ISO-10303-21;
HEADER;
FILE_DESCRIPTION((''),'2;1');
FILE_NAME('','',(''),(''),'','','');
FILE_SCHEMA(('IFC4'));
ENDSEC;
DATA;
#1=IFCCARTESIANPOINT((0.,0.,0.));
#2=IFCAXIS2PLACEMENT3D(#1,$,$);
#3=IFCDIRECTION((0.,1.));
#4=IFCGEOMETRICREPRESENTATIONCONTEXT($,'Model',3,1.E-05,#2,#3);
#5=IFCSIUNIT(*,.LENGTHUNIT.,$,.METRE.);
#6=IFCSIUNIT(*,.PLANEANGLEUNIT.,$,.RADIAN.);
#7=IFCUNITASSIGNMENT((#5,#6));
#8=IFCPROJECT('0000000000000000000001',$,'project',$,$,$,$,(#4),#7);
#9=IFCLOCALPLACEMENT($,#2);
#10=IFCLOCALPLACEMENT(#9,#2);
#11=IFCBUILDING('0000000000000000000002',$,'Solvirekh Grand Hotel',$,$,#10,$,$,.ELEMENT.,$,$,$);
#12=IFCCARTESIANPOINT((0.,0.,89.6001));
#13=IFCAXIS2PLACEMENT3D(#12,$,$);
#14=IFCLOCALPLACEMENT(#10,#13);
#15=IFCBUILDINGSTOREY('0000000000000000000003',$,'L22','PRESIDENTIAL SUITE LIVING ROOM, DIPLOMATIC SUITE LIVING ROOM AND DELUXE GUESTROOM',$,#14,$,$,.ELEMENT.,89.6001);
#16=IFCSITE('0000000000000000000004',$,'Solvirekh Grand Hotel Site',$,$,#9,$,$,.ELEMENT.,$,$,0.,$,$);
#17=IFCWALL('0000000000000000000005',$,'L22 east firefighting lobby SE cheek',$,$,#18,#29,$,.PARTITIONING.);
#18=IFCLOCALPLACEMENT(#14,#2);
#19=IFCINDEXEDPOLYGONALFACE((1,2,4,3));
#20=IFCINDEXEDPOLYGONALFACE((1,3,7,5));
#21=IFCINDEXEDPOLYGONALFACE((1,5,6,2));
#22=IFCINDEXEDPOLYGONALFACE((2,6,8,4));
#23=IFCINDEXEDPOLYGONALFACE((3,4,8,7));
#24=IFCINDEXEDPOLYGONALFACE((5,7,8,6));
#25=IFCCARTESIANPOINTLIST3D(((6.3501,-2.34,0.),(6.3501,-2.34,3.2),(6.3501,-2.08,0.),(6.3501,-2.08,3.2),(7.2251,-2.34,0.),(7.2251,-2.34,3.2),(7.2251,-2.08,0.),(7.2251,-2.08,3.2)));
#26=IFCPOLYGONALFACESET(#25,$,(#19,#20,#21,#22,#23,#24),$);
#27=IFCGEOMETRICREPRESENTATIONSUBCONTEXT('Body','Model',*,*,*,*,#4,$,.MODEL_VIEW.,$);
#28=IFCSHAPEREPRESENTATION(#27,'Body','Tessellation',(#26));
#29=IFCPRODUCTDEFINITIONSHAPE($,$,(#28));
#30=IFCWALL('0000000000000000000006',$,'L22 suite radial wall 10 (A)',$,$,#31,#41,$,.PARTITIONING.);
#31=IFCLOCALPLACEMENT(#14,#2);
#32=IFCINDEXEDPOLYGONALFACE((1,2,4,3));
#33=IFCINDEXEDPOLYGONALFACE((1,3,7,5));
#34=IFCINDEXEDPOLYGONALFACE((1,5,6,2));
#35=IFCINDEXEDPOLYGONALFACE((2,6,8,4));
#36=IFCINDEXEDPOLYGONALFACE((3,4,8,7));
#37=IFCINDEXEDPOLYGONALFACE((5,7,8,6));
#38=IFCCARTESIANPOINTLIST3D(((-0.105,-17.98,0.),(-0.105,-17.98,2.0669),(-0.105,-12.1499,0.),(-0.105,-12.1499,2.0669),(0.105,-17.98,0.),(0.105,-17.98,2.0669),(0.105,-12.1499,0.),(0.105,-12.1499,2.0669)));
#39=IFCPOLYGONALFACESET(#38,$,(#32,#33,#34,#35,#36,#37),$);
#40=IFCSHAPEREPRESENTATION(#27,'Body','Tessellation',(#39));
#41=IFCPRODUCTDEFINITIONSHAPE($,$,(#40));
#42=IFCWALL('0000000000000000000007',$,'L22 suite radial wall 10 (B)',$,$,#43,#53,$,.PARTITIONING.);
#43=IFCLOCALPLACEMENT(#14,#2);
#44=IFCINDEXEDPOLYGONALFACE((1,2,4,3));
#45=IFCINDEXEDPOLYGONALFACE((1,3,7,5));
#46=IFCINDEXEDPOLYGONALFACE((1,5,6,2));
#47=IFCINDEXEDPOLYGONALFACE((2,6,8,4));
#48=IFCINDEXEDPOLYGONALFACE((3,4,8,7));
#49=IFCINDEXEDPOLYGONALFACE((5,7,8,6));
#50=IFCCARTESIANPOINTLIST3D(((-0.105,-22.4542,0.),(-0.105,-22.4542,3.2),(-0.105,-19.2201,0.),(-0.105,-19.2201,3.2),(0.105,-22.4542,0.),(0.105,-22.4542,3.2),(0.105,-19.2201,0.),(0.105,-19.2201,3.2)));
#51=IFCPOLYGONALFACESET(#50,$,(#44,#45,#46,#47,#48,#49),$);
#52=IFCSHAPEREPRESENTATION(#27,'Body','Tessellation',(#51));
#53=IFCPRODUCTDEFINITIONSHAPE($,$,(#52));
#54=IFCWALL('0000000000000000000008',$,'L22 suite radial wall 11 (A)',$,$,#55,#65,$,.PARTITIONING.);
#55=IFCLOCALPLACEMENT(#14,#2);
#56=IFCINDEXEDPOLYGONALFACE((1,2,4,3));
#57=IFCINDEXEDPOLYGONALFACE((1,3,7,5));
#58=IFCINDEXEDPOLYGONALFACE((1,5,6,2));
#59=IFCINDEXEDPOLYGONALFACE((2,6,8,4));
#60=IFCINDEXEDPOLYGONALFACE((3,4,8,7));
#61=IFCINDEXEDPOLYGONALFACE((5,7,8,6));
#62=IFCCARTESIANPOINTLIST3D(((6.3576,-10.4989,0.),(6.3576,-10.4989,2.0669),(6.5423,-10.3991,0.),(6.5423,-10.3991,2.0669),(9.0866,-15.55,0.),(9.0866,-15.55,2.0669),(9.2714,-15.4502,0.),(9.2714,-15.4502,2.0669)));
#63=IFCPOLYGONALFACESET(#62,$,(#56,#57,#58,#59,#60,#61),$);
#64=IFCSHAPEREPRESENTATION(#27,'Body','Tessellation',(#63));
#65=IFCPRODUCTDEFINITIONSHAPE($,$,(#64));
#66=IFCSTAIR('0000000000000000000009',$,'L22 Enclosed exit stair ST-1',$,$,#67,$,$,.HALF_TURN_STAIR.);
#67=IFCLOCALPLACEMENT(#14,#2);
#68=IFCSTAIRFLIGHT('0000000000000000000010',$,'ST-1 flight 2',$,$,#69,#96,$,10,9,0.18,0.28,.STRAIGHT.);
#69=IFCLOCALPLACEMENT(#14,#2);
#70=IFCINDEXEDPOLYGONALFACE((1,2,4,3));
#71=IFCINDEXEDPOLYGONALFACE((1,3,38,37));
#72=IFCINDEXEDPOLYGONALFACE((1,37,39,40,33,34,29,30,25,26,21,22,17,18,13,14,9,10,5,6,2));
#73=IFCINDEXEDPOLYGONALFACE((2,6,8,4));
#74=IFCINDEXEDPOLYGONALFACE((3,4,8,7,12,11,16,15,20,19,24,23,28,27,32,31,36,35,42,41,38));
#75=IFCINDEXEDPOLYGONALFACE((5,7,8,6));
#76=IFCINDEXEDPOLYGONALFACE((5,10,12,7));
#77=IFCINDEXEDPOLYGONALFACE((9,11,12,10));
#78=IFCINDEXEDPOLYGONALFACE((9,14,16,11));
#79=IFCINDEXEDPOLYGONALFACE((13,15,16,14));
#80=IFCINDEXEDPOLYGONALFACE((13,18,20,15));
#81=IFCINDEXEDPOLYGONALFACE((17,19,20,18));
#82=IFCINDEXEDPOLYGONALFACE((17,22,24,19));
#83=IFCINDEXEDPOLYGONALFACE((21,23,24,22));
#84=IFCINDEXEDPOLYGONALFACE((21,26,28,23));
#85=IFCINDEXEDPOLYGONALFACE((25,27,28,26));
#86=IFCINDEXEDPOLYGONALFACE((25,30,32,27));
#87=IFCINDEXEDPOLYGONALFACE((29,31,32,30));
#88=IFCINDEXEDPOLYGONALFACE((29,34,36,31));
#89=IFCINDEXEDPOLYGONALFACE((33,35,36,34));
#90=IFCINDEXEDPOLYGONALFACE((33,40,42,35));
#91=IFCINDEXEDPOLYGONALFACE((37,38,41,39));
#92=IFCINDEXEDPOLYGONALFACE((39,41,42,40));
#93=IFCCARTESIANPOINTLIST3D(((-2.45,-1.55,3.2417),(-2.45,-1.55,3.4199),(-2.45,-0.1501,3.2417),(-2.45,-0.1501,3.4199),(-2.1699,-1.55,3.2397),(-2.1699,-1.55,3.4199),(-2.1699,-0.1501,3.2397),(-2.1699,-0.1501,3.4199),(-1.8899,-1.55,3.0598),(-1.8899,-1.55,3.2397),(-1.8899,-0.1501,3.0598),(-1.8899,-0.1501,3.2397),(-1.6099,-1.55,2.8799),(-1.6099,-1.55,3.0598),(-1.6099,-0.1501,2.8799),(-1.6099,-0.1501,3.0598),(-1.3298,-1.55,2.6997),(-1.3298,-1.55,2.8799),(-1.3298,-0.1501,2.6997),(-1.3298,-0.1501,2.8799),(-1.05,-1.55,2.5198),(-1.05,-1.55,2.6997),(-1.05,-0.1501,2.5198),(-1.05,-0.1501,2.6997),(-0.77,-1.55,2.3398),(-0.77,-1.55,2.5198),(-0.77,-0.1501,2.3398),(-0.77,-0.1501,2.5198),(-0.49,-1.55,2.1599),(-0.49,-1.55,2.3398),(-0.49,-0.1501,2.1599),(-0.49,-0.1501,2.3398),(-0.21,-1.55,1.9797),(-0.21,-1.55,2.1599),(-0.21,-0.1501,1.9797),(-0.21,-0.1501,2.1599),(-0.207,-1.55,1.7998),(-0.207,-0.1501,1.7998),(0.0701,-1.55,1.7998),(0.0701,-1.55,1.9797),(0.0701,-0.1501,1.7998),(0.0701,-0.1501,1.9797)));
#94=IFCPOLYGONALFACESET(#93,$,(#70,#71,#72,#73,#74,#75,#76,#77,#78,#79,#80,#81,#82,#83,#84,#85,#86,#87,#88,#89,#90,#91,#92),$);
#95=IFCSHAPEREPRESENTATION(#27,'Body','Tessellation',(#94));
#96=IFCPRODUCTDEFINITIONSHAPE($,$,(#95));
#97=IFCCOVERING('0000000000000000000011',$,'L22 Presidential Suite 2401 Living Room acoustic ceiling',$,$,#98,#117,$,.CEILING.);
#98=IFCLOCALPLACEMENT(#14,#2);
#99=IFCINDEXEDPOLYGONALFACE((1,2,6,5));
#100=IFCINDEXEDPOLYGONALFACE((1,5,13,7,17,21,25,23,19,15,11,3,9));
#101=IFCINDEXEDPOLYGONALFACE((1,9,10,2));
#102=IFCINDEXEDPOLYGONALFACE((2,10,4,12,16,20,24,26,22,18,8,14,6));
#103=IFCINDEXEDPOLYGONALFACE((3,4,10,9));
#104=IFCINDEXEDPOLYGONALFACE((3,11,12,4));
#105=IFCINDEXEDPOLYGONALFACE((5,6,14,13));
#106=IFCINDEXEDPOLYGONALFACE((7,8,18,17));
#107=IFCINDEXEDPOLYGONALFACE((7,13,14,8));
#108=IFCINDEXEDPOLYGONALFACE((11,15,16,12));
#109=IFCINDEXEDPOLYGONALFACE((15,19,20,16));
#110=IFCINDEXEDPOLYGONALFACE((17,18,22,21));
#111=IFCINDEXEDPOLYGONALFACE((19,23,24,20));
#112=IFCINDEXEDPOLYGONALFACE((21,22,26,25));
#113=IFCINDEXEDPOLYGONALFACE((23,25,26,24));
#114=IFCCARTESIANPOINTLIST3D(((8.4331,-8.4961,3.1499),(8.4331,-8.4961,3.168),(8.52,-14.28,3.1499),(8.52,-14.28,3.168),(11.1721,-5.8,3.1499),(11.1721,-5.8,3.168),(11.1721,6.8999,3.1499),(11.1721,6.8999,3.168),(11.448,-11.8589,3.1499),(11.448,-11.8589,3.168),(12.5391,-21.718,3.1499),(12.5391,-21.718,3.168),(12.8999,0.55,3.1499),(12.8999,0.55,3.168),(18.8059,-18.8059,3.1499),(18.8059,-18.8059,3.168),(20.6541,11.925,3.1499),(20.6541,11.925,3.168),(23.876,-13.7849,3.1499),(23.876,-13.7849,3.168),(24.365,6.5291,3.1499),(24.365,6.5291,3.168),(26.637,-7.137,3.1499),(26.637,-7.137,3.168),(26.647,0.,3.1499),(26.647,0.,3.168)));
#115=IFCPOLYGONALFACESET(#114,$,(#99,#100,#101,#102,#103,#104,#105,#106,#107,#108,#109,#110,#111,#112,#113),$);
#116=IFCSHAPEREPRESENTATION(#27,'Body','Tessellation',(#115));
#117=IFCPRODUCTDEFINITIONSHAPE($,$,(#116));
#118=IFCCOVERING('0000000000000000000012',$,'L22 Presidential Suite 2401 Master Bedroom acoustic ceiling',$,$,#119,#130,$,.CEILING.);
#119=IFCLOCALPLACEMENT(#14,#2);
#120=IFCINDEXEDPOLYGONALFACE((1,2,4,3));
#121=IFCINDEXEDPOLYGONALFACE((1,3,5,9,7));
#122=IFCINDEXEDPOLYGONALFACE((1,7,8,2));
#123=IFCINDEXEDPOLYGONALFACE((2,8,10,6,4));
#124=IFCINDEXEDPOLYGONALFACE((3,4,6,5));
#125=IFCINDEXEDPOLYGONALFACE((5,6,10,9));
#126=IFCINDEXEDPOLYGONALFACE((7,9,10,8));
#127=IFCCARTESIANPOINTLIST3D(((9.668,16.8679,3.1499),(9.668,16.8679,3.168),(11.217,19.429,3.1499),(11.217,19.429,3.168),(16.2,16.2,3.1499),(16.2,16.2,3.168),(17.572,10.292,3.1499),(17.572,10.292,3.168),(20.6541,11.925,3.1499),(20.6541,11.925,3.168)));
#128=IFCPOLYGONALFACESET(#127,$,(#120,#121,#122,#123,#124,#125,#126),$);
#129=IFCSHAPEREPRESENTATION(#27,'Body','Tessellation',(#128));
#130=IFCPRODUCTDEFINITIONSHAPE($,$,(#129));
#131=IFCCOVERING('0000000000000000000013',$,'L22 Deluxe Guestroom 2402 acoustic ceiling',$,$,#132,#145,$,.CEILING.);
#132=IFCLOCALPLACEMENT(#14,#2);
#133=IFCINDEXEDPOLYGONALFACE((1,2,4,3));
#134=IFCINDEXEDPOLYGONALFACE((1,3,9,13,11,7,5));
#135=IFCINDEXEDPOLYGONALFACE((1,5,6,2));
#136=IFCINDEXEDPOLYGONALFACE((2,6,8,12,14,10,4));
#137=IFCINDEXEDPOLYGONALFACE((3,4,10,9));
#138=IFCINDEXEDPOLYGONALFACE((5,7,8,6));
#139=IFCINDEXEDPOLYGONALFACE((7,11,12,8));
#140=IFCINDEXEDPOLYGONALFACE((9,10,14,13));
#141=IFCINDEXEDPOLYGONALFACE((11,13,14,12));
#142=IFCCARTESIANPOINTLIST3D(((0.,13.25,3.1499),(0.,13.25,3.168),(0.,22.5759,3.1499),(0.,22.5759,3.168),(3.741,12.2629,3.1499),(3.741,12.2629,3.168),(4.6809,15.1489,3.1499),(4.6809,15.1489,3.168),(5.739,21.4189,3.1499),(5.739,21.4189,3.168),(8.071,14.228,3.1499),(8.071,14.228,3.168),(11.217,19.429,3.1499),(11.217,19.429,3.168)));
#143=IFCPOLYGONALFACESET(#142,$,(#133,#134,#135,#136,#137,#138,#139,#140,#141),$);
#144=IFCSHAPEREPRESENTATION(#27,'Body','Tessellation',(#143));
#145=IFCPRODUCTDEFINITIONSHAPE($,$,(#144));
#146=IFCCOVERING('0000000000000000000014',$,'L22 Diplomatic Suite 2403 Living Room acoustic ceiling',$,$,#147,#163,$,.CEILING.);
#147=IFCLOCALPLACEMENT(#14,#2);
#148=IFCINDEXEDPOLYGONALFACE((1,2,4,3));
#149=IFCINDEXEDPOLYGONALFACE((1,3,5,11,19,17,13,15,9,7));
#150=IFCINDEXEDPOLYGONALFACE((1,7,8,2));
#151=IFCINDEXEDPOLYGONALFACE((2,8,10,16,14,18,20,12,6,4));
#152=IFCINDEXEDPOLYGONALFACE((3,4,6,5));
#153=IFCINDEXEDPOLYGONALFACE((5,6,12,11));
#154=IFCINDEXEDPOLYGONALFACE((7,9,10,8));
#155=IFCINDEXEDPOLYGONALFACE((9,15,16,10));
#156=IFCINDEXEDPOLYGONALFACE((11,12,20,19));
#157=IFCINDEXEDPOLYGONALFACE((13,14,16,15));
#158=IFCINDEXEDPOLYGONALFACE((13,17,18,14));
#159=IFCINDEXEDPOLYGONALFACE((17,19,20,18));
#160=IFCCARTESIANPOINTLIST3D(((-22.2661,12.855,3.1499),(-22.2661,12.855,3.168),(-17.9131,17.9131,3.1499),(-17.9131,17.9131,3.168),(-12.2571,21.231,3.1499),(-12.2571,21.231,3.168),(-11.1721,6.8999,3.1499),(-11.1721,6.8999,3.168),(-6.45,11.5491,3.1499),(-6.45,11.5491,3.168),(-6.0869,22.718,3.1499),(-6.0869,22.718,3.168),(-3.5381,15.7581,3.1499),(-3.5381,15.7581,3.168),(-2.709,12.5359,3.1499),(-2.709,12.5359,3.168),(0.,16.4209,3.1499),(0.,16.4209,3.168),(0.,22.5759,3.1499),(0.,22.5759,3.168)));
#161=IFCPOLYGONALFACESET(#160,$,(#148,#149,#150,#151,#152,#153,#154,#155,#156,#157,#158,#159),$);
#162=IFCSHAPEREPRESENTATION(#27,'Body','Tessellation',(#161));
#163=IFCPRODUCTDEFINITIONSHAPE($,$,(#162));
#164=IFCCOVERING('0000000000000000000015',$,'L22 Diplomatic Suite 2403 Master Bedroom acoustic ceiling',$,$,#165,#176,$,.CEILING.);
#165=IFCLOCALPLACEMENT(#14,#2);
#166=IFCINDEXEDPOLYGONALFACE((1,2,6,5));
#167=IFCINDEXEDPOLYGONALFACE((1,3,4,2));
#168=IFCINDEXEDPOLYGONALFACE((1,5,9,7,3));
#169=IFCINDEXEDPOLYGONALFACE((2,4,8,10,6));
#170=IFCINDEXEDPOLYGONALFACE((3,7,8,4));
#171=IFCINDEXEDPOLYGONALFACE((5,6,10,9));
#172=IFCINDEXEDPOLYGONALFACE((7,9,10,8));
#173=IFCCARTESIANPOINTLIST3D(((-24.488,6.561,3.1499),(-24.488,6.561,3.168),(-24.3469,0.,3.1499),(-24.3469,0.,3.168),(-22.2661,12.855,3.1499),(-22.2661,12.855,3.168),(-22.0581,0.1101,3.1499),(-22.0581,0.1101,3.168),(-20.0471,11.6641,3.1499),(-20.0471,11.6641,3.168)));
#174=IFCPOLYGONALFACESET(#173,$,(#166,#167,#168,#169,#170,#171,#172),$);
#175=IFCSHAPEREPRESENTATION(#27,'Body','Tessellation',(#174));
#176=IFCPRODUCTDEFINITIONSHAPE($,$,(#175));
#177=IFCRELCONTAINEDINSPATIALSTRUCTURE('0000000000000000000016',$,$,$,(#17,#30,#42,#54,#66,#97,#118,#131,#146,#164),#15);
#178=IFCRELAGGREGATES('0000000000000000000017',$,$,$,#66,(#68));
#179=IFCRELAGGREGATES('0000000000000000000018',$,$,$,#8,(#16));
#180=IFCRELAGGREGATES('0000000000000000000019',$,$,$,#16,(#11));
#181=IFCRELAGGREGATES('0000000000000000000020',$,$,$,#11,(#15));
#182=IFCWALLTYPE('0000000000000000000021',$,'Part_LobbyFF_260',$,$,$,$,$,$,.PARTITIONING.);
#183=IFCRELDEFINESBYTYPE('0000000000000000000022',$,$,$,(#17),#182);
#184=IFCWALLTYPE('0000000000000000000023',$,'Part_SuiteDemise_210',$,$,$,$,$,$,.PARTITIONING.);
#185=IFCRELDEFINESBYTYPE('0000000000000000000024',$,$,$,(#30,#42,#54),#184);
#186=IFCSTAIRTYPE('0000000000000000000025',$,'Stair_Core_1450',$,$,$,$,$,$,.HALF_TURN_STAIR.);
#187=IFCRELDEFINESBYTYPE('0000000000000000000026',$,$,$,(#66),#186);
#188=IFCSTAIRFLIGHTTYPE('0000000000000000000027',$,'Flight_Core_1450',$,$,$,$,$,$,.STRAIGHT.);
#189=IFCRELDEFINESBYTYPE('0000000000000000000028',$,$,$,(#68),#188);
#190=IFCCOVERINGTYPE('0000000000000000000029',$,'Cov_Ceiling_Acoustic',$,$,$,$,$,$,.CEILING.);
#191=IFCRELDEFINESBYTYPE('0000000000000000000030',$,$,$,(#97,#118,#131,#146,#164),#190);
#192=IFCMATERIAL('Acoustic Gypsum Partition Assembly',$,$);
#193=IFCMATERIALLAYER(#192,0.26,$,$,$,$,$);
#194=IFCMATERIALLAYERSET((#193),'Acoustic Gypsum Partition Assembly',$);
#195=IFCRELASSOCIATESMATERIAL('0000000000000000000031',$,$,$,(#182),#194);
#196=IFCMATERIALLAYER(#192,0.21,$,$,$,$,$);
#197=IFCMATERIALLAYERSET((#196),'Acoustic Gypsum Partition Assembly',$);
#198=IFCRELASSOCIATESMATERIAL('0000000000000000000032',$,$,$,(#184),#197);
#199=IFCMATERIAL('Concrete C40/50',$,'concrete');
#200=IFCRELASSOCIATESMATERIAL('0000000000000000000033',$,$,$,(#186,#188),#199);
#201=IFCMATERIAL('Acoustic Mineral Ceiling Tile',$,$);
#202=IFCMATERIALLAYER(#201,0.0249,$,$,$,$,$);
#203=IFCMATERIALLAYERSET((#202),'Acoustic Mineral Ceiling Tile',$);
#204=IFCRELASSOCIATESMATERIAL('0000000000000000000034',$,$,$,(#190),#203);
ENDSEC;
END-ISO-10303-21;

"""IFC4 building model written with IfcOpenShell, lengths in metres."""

from ifc_helpers import new_model, si_unit, direction, frame, frame_2d, origin, place, context, subcontext, project, spatial, polyline, rectangle, outline, extrude, material, layer, layer_set, type_object, element, aggregate, save


model = new_model("IFC4")

# Units and contexts
model_context = context("Model", 3, precision=1e-05, world=origin(), true_north=direction((0.0, 1.0)))
body_context = subcontext(model_context, "Body", "Model", "MODEL_VIEW")
ifc_project = project(units=[si_unit("LENGTHUNIT", "METRE"), si_unit("PLANEANGLEUNIT", "RADIAN")], contexts=[model_context])

# Site, building, storey
site_placement = place(None, origin())
site = spatial("IfcSite", under=ifc_project, at=site_placement, Name="Solvirekh Grand Hotel Site", CompositionType="ELEMENT", RefElevation=0.0)
building_placement = place(site_placement, origin())
building = spatial("IfcBuilding", under=site, at=building_placement, Name="Solvirekh Grand Hotel", CompositionType="ELEMENT")
storey_placement = place(building_placement, frame((0.0, 0.0, 89.6001)))
storey = spatial("IfcBuildingStorey", under=building, at=storey_placement, Name="L22", Description="PRESIDENTIAL SUITE LIVING ROOM, DIPLOMATIC SUITE LIVING ROOM AND DELUXE GUESTROOM", CompositionType="ELEMENT", Elevation=89.6001)

# Shared definitions
ifc_material_1 = material(Name="Concrete C40/50", Category="concrete")

# Shared definitions
ifc_material_2 = material(Name="Acoustic Gypsum Partition Assembly")

# Walls
ifc_layer_1 = layer(ifc_material_2, 0.26)
ifc_layer_set_1 = layer_set([ifc_layer_1], Name="Acoustic Gypsum Partition Assembly")
wall_type_1 = type_object("IfcWallType", Name="Part_LobbyFF_260", PredefinedType="PARTITIONING", material=ifc_layer_set_1)
wall_1_placement = place(storey_placement, frame((6.3501, -2.21, 0.0), z_axis=(0.0, 0.0, 1.0), x_axis=(1.0, 0.0, 0.0)))
element("IfcWall", 1, at=wall_1_placement, inside=storey, type_object=wall_type_1, Name="L22 east firefighting lobby SE cheek", PredefinedType="PARTITIONING", context=body_context, shape_type="SweptSolid", body=[
    extrude(rectangle(XDim=0.875, YDim=0.26, at=frame_2d((0.4375, 0.0))), origin(), (0.0, 0.0, 1.0), 3.2),
])
ifc_layer_2 = layer(ifc_material_2, 0.21)
ifc_layer_set_2 = layer_set([ifc_layer_2], Name="Acoustic Gypsum Partition Assembly")
wall_type_2 = type_object("IfcWallType", Name="Part_SuiteDemise_210", PredefinedType="PARTITIONING", material=ifc_layer_set_2)
wall_2_placement = place(storey_placement, frame((0.0, -12.1499, 0.0), z_axis=(0.0, 0.0, 1.0), x_axis=(0.0, -1.0, 0.0)))
element("IfcWall", 2, at=wall_2_placement, inside=storey, type_object=wall_type_2, Name="L22 suite radial wall 10 (A)", PredefinedType="PARTITIONING", context=body_context, shape_type="SweptSolid", body=[
    extrude(rectangle(XDim=5.8301, YDim=0.21, at=frame_2d((2.915, 0.0))), origin(), (0.0, 0.0, 1.0), 2.0669),
])
wall_3_placement = place(storey_placement, frame((0.0, -19.22, 0.0), z_axis=(0.0, 0.0, 1.0), x_axis=(0.0, -1.0, 0.0)))
element("IfcWall", 3, at=wall_3_placement, inside=storey, type_object=wall_type_2, Name="L22 suite radial wall 10 (B)", PredefinedType="PARTITIONING", context=body_context, shape_type="SweptSolid", body=[
    extrude(rectangle(XDim=3.2341, YDim=0.21, at=frame_2d((1.6172, 0.0))), origin(), (0.0, 0.0, 1.0), 3.2),
])
wall_4_placement = place(storey_placement, frame((6.45, -10.449, 0.0), z_axis=(0.0, 0.0, 1.0), x_axis=(0.475344, -0.8798, 0.0)))
element("IfcWall", 4, at=wall_4_placement, inside=storey, type_object=wall_type_2, Name="L22 suite radial wall 11 (A)", PredefinedType="PARTITIONING", context=body_context, shape_type="SweptSolid", body=[
    extrude(rectangle(XDim=5.7412, YDim=0.21, at=frame_2d((2.8706, 0.0))), origin(), (0.0, 0.0, 1.0), 2.0669),
])

# Stair, stair flight
stair_type = type_object("IfcStairType", Name="Stair_Core_1450", PredefinedType="HALF_TURN_STAIR", material=ifc_material_1)
stair_placement = place(storey_placement, origin())
stair = element("IfcStair", 5, at=stair_placement, inside=storey, type_object=stair_type, Name="L22 Enclosed exit stair ST-1", PredefinedType="HALF_TURN_STAIR")
stair_flight_type = type_object("IfcStairFlightType", Name="Flight_Core_1450", PredefinedType="STRAIGHT", material=ifc_material_1)
stair_flight_placement = place(storey_placement, frame((0.0701, -0.8501, 1.7998), z_axis=(0.0, 0.0, 1.0), x_axis=(-1.0, 0.0, 0.0)))
stair_flight = element("IfcStairFlight", 6, at=stair_flight_placement, type_object=stair_flight_type, Name="ST-1 flight 2", NumberOfRisers=10, NumberOfTreads=9, PredefinedType="STRAIGHT", RiserHeight=0.18, TreadLength=0.28, context=body_context, shape_type="SweptSolid", body=[
    extrude(outline(polyline([(0.0, 0.0), (0.0, 0.1799), (0.28, 0.1799), (0.28, 0.3601), (0.5601, 0.3601), (0.5601, 0.54), (0.8401, 0.54), (0.8401, 0.72), (1.1201, 0.72), (1.1201, 0.8999), (1.3999, 0.8999), (1.3999, 1.0801), (1.6799, 1.0801), (1.6799, 1.26), (1.96, 1.26), (1.96, 1.4399), (2.24, 1.4399), (2.24, 1.6201), (2.52, 1.6201), (2.52, 1.8), (2.52, 1.4419), (0.2771, 0.0), (0.0, 0.0)])), frame((0.0, 0.7, 0.0), z_axis=(0.0, -1.0, 0.0), x_axis=(1.0, 0.0, 0.0)), (0.0, 0.0, 1.0), 1.3999),
])
aggregate(stair, [stair_flight])

# Coverings
ifc_material_3 = material(Name="Acoustic Mineral Ceiling Tile")
ifc_layer_3 = layer(ifc_material_3, 0.0249)
ifc_layer_set_3 = layer_set([ifc_layer_3], Name="Acoustic Mineral Ceiling Tile")
covering_type_1 = type_object("IfcCoveringType", Name="Cov_Ceiling_Acoustic", PredefinedType="CEILING", material=ifc_layer_set_3)
covering_1_placement = place(storey_placement, frame((0.0, 0.0, 3.1499)))
element("IfcCovering", 7, at=covering_1_placement, inside=storey, type_object=covering_type_1, Name="L22 Presidential Suite 2401 Living Room acoustic ceiling", PredefinedType="CEILING", context=body_context, shape_type="SweptSolid", body=[
    extrude(outline(polyline([(11.448, -11.8589), (8.52, -14.28), (12.5391, -21.718), (18.8059, -18.8059), (23.876, -13.7849), (26.637, -7.137), (26.647, 0.0), (24.365, 6.5291), (20.6541, 11.925), (11.1721, 6.8999), (12.8999, 0.55), (11.1721, -5.8), (8.4331, -8.4961), (11.448, -11.8589)])), origin(), (0.0, 0.0, 1.0), 0.0181),
])
covering_2_placement = place(storey_placement, frame((0.0, 0.0, 3.1499)))
element("IfcCovering", 8, at=covering_2_placement, inside=storey, type_object=covering_type_1, Name="L22 Presidential Suite 2401 Master Bedroom acoustic ceiling", PredefinedType="CEILING", context=body_context, shape_type="SweptSolid", body=[
    extrude(outline(polyline([(20.6541, 11.925), (16.2, 16.2), (11.217, 19.429), (9.668, 16.8679), (17.572, 10.292), (20.6541, 11.925)])), origin(), (0.0, 0.0, 1.0), 0.0181),
])
covering_3_placement = place(storey_placement, frame((0.0, 0.0, 3.1499)))
element("IfcCovering", 9, at=covering_3_placement, inside=storey, type_object=covering_type_1, Name="L22 Deluxe Guestroom 2402 acoustic ceiling", PredefinedType="CEILING", context=body_context, shape_type="SweptSolid", body=[
    extrude(outline(polyline([(4.6809, 15.1489), (8.071, 14.228), (11.217, 19.429), (5.739, 21.4189), (0.0, 22.5759), (0.0, 13.25), (3.741, 12.2629), (4.6809, 15.1489)])), origin(), (0.0, 0.0, 1.0), 0.0181),
])
covering_4_placement = place(storey_placement, frame((0.0, 0.0, 3.1499)))
element("IfcCovering", 10, at=covering_4_placement, inside=storey, type_object=covering_type_1, Name="L22 Diplomatic Suite 2403 Living Room acoustic ceiling", PredefinedType="CEILING", context=body_context, shape_type="SweptSolid", body=[
    extrude(outline(polyline([(-3.5381, 15.7581), (0.0, 16.4209), (0.0, 22.5759), (-6.0869, 22.718), (-12.2571, 21.231), (-17.9131, 17.9131), (-22.2661, 12.855), (-11.1721, 6.8999), (-6.45, 11.5491), (-2.709, 12.5359), (-3.5381, 15.7581)])), origin(), (0.0, 0.0, 1.0), 0.0181),
])
covering_5_placement = place(storey_placement, frame((0.0, 0.0, 3.1499)))
element("IfcCovering", 11, at=covering_5_placement, inside=storey, type_object=covering_type_1, Name="L22 Diplomatic Suite 2403 Master Bedroom acoustic ceiling", PredefinedType="CEILING", context=body_context, shape_type="SweptSolid", body=[
    extrude(outline(polyline([(-22.2661, 12.855), (-24.488, 6.561), (-24.3469, 0.0), (-22.0581, 0.1101), (-20.0471, 11.6641), (-22.2661, 12.855)])), origin(), (0.0, 0.0, 1.0), 0.0181),
])

save(model, "model.ifc")
